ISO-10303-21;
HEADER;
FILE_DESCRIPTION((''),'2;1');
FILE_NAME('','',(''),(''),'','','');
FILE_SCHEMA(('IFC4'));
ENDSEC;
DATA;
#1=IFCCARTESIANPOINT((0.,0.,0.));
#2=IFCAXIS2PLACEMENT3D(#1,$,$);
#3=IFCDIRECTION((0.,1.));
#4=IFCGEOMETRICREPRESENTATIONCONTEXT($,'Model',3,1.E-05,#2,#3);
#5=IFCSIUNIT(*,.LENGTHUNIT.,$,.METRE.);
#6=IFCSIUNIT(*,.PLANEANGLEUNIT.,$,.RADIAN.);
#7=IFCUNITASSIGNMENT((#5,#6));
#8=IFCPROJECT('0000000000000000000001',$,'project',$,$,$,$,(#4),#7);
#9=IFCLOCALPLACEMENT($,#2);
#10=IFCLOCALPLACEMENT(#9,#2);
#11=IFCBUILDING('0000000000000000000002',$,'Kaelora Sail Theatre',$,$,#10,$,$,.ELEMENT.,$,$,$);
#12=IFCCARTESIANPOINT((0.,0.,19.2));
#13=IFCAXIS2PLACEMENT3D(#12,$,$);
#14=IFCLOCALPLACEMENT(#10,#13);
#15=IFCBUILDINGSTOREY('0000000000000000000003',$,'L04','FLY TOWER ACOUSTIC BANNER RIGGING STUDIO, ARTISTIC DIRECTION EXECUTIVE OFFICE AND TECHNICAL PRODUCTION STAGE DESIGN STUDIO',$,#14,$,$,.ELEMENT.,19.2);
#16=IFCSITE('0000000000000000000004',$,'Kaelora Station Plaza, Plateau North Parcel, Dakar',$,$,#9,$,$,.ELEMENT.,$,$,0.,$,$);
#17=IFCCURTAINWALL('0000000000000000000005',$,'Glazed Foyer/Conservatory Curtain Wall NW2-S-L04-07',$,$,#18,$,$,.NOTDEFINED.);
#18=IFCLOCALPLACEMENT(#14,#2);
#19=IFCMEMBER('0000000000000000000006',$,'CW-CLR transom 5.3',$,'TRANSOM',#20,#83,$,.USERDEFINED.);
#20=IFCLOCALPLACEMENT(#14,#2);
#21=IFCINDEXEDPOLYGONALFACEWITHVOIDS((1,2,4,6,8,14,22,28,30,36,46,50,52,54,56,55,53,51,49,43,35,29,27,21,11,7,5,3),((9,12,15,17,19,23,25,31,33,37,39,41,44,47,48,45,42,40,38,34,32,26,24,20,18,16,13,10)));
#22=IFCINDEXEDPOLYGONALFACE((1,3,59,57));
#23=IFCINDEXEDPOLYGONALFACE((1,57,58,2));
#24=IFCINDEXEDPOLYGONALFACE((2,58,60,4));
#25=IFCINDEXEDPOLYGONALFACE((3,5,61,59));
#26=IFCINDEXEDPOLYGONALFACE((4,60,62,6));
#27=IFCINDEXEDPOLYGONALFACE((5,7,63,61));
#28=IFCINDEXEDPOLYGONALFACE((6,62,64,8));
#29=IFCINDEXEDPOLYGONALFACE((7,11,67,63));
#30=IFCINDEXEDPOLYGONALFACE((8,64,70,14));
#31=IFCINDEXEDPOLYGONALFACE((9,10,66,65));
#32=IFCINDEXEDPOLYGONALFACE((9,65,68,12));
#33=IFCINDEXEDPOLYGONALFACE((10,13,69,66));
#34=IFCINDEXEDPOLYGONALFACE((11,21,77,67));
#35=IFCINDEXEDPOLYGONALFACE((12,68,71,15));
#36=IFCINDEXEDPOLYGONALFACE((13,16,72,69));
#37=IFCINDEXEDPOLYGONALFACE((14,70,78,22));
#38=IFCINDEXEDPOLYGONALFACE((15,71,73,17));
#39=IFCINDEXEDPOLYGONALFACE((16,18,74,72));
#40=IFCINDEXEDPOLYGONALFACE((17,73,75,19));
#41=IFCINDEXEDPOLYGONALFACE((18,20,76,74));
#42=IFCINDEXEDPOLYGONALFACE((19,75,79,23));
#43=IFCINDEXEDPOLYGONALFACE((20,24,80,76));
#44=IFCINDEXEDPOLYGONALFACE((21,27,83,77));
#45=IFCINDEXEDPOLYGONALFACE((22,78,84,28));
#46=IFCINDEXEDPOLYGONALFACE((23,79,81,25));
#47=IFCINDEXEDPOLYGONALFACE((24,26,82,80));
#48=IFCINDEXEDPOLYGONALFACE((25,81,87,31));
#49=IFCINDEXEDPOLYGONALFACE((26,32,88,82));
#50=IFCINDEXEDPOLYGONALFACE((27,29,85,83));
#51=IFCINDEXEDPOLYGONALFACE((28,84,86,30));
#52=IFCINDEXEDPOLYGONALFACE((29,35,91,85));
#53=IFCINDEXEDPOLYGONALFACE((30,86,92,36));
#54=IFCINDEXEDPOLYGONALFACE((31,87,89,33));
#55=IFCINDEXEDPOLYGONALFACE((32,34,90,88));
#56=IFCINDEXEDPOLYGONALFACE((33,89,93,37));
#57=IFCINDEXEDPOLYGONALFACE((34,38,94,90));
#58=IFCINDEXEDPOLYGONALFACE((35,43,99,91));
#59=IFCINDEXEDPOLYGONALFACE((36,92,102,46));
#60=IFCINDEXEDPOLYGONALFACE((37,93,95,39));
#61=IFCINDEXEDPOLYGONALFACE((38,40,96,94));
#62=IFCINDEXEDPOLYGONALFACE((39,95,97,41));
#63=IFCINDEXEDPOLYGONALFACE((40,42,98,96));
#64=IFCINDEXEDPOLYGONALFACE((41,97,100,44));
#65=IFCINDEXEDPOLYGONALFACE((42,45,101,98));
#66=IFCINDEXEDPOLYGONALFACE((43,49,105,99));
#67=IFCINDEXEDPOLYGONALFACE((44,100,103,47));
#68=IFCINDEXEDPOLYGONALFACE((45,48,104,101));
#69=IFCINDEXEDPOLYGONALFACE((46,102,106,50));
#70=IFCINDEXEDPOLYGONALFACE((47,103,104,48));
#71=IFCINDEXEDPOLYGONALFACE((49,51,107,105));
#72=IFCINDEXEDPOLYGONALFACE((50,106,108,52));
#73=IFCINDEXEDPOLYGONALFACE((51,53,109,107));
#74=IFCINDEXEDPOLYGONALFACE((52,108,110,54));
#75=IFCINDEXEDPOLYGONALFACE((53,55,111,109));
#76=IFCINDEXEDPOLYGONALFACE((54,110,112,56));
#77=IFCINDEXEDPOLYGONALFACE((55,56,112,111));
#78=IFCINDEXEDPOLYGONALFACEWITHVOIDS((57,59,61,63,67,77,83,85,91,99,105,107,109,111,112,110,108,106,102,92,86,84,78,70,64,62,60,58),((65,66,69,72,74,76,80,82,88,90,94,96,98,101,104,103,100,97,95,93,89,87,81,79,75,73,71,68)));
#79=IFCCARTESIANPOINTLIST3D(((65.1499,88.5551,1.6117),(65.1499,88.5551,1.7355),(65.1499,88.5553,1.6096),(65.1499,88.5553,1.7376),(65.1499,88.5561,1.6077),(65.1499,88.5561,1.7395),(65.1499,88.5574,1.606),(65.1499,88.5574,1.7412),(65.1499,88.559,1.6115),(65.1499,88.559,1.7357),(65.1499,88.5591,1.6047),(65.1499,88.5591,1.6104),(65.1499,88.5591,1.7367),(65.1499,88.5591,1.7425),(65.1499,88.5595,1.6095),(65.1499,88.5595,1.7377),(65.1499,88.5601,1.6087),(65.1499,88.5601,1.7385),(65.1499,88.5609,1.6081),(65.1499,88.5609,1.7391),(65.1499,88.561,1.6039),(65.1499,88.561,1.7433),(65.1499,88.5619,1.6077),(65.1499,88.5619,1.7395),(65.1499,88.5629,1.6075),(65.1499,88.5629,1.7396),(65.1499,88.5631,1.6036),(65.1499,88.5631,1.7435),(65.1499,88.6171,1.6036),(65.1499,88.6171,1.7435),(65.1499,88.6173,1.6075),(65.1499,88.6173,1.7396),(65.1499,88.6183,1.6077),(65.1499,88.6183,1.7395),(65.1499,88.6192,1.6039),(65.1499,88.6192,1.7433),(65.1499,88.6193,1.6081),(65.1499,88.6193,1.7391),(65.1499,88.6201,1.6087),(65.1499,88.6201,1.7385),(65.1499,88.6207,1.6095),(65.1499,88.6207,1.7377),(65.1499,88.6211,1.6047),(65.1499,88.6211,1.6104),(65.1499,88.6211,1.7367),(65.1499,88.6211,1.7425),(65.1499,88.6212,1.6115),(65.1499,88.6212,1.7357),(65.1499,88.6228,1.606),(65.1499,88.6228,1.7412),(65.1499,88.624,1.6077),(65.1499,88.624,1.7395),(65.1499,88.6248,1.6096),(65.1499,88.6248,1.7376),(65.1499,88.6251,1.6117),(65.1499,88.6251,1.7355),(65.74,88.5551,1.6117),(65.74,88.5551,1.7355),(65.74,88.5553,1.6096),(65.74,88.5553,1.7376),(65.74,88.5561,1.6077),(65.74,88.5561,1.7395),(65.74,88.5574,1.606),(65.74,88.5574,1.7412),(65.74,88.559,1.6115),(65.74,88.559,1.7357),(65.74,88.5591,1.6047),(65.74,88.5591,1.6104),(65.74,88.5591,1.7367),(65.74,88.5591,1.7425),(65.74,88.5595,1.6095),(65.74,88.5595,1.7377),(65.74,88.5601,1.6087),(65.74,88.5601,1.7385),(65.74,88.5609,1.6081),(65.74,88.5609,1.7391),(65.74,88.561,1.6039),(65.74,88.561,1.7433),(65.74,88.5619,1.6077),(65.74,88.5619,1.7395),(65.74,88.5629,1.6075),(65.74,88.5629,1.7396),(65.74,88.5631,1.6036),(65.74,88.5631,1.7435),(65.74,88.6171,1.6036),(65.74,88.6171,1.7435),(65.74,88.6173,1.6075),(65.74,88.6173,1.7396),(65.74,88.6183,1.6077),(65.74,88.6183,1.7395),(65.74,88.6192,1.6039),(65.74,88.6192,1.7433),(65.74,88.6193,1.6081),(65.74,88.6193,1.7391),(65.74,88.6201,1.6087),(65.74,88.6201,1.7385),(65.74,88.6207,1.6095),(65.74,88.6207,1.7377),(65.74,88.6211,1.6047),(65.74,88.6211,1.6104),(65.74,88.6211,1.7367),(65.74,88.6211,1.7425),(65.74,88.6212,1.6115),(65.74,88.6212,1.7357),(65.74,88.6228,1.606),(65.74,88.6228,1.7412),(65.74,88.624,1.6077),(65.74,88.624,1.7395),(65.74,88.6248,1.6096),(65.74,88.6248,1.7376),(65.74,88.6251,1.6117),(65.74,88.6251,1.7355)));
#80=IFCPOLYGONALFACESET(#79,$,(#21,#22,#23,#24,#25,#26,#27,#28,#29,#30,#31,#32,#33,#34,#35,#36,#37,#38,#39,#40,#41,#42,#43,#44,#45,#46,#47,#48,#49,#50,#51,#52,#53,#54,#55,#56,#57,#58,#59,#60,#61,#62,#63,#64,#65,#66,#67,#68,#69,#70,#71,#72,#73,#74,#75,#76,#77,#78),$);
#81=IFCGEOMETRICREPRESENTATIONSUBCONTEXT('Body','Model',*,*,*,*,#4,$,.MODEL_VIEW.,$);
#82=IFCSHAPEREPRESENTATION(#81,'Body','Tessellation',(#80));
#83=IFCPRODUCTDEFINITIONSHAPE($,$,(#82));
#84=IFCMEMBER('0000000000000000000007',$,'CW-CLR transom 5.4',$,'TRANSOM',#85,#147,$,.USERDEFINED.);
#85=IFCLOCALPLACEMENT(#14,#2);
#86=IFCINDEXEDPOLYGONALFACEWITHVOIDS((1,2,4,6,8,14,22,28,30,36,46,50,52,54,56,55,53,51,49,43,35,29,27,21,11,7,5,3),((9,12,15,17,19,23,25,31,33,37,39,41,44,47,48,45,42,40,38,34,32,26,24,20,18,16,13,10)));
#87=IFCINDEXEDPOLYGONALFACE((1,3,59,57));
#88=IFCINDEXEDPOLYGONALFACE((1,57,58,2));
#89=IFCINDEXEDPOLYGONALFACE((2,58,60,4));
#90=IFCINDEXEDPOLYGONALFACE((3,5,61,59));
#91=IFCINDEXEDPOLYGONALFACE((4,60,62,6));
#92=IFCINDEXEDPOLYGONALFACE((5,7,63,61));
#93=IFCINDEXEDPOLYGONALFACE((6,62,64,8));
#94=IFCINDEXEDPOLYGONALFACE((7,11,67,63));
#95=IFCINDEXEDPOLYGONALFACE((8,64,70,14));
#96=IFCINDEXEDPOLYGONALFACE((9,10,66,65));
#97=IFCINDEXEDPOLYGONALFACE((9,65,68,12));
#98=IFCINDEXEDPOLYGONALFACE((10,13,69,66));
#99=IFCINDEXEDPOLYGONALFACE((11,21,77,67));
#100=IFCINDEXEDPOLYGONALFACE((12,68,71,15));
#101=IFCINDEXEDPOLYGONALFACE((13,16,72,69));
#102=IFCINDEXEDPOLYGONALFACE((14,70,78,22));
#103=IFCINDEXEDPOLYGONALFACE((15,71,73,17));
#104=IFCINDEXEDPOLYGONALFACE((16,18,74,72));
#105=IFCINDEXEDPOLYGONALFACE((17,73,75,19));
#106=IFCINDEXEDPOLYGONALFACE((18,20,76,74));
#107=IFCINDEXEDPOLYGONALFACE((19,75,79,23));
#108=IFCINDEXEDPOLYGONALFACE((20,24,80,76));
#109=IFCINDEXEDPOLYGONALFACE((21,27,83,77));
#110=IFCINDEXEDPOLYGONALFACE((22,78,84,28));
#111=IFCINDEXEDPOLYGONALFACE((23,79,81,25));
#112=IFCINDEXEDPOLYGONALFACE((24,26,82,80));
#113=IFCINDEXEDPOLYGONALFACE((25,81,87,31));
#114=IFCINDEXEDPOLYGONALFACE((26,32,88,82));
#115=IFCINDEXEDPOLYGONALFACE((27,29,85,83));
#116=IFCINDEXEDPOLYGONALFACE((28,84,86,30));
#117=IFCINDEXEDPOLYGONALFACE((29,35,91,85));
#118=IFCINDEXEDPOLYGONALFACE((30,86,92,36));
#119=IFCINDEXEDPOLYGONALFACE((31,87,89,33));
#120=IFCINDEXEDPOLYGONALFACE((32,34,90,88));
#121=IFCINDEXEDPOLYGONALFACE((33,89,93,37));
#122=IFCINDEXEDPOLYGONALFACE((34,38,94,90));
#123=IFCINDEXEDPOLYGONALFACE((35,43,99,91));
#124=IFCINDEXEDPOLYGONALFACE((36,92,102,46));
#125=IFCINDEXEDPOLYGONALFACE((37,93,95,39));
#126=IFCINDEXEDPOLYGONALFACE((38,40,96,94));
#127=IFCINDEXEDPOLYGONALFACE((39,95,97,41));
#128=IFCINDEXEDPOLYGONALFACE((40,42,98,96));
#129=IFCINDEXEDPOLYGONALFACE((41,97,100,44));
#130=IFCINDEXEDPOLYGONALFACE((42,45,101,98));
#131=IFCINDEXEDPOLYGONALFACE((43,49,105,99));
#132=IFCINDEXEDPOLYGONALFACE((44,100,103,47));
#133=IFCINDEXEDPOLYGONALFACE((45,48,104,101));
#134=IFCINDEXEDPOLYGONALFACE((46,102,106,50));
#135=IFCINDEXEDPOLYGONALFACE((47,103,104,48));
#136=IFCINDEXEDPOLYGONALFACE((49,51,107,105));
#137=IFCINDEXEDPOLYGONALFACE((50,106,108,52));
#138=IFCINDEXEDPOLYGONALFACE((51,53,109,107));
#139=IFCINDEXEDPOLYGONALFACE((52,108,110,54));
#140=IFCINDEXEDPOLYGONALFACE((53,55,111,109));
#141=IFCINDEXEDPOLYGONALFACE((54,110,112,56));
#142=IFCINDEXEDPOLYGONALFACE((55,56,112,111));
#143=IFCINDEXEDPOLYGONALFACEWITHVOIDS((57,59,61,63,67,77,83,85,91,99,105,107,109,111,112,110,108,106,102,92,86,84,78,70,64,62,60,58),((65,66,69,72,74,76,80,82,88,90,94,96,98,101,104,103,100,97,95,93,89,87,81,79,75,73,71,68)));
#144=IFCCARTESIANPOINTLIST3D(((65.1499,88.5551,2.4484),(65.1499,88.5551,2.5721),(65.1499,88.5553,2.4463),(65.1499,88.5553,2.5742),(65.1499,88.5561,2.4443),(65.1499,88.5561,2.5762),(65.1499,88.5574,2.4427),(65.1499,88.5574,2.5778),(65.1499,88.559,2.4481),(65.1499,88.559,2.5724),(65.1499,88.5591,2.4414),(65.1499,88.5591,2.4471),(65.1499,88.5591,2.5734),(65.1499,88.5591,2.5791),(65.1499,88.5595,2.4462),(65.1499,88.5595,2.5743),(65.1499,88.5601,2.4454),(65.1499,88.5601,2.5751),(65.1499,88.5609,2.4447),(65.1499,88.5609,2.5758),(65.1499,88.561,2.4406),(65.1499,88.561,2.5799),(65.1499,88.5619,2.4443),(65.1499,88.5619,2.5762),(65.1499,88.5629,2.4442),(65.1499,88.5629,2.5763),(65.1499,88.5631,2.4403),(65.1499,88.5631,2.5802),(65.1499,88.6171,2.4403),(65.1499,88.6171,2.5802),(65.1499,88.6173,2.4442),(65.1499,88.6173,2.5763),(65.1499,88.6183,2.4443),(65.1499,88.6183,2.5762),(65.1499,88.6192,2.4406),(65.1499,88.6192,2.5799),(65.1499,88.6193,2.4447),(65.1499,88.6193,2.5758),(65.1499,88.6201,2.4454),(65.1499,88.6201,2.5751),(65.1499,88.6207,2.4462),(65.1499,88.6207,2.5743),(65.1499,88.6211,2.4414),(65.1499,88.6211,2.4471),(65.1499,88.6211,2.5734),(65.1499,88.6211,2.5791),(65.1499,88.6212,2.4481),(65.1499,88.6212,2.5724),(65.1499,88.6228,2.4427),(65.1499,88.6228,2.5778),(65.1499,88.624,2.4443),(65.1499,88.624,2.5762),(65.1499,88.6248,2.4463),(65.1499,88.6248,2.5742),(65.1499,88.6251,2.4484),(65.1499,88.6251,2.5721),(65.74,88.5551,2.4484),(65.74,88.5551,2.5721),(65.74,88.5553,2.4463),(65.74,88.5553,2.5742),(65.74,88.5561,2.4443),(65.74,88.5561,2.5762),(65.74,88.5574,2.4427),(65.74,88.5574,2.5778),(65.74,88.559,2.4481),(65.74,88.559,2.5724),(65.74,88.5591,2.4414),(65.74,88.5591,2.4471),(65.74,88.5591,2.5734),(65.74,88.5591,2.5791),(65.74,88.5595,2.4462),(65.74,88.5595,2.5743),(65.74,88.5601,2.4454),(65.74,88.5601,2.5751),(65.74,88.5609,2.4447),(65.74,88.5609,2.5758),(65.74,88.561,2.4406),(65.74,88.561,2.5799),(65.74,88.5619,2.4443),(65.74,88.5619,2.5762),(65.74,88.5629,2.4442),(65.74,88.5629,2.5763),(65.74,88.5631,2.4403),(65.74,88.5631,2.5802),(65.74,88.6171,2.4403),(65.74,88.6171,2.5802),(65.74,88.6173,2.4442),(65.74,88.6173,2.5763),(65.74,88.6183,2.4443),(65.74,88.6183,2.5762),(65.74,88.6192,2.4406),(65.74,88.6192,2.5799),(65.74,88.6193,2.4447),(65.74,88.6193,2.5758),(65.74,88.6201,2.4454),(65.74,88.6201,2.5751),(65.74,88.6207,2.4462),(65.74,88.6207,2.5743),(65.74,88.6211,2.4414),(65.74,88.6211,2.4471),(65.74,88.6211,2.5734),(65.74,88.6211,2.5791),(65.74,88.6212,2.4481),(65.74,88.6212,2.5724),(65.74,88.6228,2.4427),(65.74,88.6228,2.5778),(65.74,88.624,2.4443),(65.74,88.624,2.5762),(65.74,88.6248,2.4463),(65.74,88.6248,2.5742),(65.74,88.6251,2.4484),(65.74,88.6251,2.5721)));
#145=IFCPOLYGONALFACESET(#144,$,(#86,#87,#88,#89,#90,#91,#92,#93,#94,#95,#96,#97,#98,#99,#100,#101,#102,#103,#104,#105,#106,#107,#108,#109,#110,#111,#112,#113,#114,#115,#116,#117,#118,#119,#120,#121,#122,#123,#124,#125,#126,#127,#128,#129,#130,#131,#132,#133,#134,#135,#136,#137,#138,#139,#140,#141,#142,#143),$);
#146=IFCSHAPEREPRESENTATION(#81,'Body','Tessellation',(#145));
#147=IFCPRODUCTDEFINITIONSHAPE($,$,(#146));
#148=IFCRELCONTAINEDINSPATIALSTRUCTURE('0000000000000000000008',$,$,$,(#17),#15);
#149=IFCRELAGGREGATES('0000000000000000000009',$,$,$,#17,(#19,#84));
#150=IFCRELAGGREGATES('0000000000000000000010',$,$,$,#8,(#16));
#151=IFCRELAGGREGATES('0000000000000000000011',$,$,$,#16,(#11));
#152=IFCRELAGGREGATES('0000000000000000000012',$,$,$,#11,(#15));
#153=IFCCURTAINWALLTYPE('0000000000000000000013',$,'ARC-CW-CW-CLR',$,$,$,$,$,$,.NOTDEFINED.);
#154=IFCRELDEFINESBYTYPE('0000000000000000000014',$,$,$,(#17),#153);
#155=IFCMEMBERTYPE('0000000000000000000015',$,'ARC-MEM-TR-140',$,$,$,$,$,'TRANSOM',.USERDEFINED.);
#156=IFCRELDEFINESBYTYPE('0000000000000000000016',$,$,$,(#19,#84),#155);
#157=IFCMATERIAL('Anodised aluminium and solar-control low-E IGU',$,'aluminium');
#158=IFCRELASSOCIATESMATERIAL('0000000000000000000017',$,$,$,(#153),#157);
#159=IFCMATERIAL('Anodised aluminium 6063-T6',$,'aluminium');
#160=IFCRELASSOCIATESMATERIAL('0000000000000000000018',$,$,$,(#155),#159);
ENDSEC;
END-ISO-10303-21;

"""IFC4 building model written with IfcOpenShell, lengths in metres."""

from ifc_helpers import new_model, si_unit, direction, frame, origin, origin_2d, place, context, subcontext, project, spatial, hollow_rectangle, extrude, material, material_profile, profile_set, type_object, element, aggregate, save


model = new_model("IFC4")

# Units and contexts
model_context = context("Model", 3, precision=1e-05, world=origin(), true_north=direction((0.0, 1.0)))
body_context = subcontext(model_context, "Body", "Model", "MODEL_VIEW")
ifc_project = project(units=[si_unit("LENGTHUNIT", "METRE"), si_unit("PLANEANGLEUNIT", "RADIAN")], contexts=[model_context])

# Site, building, storey
site_placement = place(None, origin())
site = spatial("IfcSite", under=ifc_project, at=site_placement, Name="Kaelora Station Plaza, Plateau North Parcel, Dakar", CompositionType="ELEMENT", RefElevation=0.0)
building_placement = place(site_placement, origin())
building = spatial("IfcBuilding", under=site, at=building_placement, Name="Kaelora Sail Theatre", CompositionType="ELEMENT")
storey_placement = place(building_placement, frame((0.0, 0.0, 19.2)))
storey = spatial("IfcBuildingStorey", under=building, at=storey_placement, Name="L04", Description="FLY TOWER ACOUSTIC BANNER RIGGING STUDIO, ARTISTIC DIRECTION EXECUTIVE OFFICE AND TECHNICAL PRODUCTION STAGE DESIGN STUDIO", CompositionType="ELEMENT", Elevation=19.2)

# Curtain wall, members
ifc_material_1 = material(Name="Anodised aluminium and solar-control low-E IGU", Category="aluminium")
curtain_wall_type = type_object("IfcCurtainWallType", Name="ARC-CW-CW-CLR", PredefinedType="NOTDEFINED", material=ifc_material_1)
curtain_wall_placement = place(storey_placement, origin())
curtain_wall = element("IfcCurtainWall", 1, at=curtain_wall_placement, inside=storey, type_object=curtain_wall_type, Name="Glazed Foyer/Conservatory Curtain Wall NW2-S-L04-07", PredefinedType="NOTDEFINED")
ifc_material_2 = material(Name="Anodised aluminium 6063-T6", Category="aluminium")
ifc_material_profile_1 = material_profile(ifc_material_2, hollow_rectangle(XDim=0.0701, YDim=0.1399, WallThickness=0.0039, InnerFilletRadius=0.0039, OuterFilletRadius=0.0081, at=origin_2d()), Name="ALU-TRAN 70x140x4")
ifc_profile_set_1 = profile_set([ifc_material_profile_1], Name="Anodised aluminium 6063-T6")
member_type_1 = type_object("IfcMemberType", Name="ARC-MEM-TR-140", ElementType="TRANSOM", PredefinedType="USERDEFINED", material=ifc_profile_set_1)
member_1_placement = place(storey_placement, frame((65.1499, 88.5901, 1.6736), z_axis=(1.0, 0.0, 0.0), x_axis=(0.0, 1.0, 0.0)))
member_1 = element("IfcMember", 2, at=member_1_placement, type_object=member_type_1, Name="CW-CLR transom 5.3", ObjectType="TRANSOM", PredefinedType="USERDEFINED", context=body_context, shape_type="SweptSolid", body=[
    extrude(hollow_rectangle(XDim=0.0701, YDim=0.1399, WallThickness=0.0039, InnerFilletRadius=0.0039, OuterFilletRadius=0.0081, at=origin_2d()), origin(), (0.0, 0.0, 1.0), 0.5901),
])
member_2_placement = place(storey_placement, frame((65.1499, 88.5901, 2.5103), z_axis=(1.0, 0.0, 0.0), x_axis=(0.0, 1.0, 0.0)))
member_2 = element("IfcMember", 3, at=member_2_placement, type_object=member_type_1, Name="CW-CLR transom 5.4", ObjectType="TRANSOM", PredefinedType="USERDEFINED", context=body_context, shape_type="SweptSolid", body=[
    extrude(hollow_rectangle(XDim=0.0701, YDim=0.1399, WallThickness=0.0039, InnerFilletRadius=0.0039, OuterFilletRadius=0.0081, at=origin_2d()), origin(), (0.0, 0.0, 1.0), 0.5901),
])

aggregate(curtain_wall, [member_1, member_2])

save(model, "model.ifc")
